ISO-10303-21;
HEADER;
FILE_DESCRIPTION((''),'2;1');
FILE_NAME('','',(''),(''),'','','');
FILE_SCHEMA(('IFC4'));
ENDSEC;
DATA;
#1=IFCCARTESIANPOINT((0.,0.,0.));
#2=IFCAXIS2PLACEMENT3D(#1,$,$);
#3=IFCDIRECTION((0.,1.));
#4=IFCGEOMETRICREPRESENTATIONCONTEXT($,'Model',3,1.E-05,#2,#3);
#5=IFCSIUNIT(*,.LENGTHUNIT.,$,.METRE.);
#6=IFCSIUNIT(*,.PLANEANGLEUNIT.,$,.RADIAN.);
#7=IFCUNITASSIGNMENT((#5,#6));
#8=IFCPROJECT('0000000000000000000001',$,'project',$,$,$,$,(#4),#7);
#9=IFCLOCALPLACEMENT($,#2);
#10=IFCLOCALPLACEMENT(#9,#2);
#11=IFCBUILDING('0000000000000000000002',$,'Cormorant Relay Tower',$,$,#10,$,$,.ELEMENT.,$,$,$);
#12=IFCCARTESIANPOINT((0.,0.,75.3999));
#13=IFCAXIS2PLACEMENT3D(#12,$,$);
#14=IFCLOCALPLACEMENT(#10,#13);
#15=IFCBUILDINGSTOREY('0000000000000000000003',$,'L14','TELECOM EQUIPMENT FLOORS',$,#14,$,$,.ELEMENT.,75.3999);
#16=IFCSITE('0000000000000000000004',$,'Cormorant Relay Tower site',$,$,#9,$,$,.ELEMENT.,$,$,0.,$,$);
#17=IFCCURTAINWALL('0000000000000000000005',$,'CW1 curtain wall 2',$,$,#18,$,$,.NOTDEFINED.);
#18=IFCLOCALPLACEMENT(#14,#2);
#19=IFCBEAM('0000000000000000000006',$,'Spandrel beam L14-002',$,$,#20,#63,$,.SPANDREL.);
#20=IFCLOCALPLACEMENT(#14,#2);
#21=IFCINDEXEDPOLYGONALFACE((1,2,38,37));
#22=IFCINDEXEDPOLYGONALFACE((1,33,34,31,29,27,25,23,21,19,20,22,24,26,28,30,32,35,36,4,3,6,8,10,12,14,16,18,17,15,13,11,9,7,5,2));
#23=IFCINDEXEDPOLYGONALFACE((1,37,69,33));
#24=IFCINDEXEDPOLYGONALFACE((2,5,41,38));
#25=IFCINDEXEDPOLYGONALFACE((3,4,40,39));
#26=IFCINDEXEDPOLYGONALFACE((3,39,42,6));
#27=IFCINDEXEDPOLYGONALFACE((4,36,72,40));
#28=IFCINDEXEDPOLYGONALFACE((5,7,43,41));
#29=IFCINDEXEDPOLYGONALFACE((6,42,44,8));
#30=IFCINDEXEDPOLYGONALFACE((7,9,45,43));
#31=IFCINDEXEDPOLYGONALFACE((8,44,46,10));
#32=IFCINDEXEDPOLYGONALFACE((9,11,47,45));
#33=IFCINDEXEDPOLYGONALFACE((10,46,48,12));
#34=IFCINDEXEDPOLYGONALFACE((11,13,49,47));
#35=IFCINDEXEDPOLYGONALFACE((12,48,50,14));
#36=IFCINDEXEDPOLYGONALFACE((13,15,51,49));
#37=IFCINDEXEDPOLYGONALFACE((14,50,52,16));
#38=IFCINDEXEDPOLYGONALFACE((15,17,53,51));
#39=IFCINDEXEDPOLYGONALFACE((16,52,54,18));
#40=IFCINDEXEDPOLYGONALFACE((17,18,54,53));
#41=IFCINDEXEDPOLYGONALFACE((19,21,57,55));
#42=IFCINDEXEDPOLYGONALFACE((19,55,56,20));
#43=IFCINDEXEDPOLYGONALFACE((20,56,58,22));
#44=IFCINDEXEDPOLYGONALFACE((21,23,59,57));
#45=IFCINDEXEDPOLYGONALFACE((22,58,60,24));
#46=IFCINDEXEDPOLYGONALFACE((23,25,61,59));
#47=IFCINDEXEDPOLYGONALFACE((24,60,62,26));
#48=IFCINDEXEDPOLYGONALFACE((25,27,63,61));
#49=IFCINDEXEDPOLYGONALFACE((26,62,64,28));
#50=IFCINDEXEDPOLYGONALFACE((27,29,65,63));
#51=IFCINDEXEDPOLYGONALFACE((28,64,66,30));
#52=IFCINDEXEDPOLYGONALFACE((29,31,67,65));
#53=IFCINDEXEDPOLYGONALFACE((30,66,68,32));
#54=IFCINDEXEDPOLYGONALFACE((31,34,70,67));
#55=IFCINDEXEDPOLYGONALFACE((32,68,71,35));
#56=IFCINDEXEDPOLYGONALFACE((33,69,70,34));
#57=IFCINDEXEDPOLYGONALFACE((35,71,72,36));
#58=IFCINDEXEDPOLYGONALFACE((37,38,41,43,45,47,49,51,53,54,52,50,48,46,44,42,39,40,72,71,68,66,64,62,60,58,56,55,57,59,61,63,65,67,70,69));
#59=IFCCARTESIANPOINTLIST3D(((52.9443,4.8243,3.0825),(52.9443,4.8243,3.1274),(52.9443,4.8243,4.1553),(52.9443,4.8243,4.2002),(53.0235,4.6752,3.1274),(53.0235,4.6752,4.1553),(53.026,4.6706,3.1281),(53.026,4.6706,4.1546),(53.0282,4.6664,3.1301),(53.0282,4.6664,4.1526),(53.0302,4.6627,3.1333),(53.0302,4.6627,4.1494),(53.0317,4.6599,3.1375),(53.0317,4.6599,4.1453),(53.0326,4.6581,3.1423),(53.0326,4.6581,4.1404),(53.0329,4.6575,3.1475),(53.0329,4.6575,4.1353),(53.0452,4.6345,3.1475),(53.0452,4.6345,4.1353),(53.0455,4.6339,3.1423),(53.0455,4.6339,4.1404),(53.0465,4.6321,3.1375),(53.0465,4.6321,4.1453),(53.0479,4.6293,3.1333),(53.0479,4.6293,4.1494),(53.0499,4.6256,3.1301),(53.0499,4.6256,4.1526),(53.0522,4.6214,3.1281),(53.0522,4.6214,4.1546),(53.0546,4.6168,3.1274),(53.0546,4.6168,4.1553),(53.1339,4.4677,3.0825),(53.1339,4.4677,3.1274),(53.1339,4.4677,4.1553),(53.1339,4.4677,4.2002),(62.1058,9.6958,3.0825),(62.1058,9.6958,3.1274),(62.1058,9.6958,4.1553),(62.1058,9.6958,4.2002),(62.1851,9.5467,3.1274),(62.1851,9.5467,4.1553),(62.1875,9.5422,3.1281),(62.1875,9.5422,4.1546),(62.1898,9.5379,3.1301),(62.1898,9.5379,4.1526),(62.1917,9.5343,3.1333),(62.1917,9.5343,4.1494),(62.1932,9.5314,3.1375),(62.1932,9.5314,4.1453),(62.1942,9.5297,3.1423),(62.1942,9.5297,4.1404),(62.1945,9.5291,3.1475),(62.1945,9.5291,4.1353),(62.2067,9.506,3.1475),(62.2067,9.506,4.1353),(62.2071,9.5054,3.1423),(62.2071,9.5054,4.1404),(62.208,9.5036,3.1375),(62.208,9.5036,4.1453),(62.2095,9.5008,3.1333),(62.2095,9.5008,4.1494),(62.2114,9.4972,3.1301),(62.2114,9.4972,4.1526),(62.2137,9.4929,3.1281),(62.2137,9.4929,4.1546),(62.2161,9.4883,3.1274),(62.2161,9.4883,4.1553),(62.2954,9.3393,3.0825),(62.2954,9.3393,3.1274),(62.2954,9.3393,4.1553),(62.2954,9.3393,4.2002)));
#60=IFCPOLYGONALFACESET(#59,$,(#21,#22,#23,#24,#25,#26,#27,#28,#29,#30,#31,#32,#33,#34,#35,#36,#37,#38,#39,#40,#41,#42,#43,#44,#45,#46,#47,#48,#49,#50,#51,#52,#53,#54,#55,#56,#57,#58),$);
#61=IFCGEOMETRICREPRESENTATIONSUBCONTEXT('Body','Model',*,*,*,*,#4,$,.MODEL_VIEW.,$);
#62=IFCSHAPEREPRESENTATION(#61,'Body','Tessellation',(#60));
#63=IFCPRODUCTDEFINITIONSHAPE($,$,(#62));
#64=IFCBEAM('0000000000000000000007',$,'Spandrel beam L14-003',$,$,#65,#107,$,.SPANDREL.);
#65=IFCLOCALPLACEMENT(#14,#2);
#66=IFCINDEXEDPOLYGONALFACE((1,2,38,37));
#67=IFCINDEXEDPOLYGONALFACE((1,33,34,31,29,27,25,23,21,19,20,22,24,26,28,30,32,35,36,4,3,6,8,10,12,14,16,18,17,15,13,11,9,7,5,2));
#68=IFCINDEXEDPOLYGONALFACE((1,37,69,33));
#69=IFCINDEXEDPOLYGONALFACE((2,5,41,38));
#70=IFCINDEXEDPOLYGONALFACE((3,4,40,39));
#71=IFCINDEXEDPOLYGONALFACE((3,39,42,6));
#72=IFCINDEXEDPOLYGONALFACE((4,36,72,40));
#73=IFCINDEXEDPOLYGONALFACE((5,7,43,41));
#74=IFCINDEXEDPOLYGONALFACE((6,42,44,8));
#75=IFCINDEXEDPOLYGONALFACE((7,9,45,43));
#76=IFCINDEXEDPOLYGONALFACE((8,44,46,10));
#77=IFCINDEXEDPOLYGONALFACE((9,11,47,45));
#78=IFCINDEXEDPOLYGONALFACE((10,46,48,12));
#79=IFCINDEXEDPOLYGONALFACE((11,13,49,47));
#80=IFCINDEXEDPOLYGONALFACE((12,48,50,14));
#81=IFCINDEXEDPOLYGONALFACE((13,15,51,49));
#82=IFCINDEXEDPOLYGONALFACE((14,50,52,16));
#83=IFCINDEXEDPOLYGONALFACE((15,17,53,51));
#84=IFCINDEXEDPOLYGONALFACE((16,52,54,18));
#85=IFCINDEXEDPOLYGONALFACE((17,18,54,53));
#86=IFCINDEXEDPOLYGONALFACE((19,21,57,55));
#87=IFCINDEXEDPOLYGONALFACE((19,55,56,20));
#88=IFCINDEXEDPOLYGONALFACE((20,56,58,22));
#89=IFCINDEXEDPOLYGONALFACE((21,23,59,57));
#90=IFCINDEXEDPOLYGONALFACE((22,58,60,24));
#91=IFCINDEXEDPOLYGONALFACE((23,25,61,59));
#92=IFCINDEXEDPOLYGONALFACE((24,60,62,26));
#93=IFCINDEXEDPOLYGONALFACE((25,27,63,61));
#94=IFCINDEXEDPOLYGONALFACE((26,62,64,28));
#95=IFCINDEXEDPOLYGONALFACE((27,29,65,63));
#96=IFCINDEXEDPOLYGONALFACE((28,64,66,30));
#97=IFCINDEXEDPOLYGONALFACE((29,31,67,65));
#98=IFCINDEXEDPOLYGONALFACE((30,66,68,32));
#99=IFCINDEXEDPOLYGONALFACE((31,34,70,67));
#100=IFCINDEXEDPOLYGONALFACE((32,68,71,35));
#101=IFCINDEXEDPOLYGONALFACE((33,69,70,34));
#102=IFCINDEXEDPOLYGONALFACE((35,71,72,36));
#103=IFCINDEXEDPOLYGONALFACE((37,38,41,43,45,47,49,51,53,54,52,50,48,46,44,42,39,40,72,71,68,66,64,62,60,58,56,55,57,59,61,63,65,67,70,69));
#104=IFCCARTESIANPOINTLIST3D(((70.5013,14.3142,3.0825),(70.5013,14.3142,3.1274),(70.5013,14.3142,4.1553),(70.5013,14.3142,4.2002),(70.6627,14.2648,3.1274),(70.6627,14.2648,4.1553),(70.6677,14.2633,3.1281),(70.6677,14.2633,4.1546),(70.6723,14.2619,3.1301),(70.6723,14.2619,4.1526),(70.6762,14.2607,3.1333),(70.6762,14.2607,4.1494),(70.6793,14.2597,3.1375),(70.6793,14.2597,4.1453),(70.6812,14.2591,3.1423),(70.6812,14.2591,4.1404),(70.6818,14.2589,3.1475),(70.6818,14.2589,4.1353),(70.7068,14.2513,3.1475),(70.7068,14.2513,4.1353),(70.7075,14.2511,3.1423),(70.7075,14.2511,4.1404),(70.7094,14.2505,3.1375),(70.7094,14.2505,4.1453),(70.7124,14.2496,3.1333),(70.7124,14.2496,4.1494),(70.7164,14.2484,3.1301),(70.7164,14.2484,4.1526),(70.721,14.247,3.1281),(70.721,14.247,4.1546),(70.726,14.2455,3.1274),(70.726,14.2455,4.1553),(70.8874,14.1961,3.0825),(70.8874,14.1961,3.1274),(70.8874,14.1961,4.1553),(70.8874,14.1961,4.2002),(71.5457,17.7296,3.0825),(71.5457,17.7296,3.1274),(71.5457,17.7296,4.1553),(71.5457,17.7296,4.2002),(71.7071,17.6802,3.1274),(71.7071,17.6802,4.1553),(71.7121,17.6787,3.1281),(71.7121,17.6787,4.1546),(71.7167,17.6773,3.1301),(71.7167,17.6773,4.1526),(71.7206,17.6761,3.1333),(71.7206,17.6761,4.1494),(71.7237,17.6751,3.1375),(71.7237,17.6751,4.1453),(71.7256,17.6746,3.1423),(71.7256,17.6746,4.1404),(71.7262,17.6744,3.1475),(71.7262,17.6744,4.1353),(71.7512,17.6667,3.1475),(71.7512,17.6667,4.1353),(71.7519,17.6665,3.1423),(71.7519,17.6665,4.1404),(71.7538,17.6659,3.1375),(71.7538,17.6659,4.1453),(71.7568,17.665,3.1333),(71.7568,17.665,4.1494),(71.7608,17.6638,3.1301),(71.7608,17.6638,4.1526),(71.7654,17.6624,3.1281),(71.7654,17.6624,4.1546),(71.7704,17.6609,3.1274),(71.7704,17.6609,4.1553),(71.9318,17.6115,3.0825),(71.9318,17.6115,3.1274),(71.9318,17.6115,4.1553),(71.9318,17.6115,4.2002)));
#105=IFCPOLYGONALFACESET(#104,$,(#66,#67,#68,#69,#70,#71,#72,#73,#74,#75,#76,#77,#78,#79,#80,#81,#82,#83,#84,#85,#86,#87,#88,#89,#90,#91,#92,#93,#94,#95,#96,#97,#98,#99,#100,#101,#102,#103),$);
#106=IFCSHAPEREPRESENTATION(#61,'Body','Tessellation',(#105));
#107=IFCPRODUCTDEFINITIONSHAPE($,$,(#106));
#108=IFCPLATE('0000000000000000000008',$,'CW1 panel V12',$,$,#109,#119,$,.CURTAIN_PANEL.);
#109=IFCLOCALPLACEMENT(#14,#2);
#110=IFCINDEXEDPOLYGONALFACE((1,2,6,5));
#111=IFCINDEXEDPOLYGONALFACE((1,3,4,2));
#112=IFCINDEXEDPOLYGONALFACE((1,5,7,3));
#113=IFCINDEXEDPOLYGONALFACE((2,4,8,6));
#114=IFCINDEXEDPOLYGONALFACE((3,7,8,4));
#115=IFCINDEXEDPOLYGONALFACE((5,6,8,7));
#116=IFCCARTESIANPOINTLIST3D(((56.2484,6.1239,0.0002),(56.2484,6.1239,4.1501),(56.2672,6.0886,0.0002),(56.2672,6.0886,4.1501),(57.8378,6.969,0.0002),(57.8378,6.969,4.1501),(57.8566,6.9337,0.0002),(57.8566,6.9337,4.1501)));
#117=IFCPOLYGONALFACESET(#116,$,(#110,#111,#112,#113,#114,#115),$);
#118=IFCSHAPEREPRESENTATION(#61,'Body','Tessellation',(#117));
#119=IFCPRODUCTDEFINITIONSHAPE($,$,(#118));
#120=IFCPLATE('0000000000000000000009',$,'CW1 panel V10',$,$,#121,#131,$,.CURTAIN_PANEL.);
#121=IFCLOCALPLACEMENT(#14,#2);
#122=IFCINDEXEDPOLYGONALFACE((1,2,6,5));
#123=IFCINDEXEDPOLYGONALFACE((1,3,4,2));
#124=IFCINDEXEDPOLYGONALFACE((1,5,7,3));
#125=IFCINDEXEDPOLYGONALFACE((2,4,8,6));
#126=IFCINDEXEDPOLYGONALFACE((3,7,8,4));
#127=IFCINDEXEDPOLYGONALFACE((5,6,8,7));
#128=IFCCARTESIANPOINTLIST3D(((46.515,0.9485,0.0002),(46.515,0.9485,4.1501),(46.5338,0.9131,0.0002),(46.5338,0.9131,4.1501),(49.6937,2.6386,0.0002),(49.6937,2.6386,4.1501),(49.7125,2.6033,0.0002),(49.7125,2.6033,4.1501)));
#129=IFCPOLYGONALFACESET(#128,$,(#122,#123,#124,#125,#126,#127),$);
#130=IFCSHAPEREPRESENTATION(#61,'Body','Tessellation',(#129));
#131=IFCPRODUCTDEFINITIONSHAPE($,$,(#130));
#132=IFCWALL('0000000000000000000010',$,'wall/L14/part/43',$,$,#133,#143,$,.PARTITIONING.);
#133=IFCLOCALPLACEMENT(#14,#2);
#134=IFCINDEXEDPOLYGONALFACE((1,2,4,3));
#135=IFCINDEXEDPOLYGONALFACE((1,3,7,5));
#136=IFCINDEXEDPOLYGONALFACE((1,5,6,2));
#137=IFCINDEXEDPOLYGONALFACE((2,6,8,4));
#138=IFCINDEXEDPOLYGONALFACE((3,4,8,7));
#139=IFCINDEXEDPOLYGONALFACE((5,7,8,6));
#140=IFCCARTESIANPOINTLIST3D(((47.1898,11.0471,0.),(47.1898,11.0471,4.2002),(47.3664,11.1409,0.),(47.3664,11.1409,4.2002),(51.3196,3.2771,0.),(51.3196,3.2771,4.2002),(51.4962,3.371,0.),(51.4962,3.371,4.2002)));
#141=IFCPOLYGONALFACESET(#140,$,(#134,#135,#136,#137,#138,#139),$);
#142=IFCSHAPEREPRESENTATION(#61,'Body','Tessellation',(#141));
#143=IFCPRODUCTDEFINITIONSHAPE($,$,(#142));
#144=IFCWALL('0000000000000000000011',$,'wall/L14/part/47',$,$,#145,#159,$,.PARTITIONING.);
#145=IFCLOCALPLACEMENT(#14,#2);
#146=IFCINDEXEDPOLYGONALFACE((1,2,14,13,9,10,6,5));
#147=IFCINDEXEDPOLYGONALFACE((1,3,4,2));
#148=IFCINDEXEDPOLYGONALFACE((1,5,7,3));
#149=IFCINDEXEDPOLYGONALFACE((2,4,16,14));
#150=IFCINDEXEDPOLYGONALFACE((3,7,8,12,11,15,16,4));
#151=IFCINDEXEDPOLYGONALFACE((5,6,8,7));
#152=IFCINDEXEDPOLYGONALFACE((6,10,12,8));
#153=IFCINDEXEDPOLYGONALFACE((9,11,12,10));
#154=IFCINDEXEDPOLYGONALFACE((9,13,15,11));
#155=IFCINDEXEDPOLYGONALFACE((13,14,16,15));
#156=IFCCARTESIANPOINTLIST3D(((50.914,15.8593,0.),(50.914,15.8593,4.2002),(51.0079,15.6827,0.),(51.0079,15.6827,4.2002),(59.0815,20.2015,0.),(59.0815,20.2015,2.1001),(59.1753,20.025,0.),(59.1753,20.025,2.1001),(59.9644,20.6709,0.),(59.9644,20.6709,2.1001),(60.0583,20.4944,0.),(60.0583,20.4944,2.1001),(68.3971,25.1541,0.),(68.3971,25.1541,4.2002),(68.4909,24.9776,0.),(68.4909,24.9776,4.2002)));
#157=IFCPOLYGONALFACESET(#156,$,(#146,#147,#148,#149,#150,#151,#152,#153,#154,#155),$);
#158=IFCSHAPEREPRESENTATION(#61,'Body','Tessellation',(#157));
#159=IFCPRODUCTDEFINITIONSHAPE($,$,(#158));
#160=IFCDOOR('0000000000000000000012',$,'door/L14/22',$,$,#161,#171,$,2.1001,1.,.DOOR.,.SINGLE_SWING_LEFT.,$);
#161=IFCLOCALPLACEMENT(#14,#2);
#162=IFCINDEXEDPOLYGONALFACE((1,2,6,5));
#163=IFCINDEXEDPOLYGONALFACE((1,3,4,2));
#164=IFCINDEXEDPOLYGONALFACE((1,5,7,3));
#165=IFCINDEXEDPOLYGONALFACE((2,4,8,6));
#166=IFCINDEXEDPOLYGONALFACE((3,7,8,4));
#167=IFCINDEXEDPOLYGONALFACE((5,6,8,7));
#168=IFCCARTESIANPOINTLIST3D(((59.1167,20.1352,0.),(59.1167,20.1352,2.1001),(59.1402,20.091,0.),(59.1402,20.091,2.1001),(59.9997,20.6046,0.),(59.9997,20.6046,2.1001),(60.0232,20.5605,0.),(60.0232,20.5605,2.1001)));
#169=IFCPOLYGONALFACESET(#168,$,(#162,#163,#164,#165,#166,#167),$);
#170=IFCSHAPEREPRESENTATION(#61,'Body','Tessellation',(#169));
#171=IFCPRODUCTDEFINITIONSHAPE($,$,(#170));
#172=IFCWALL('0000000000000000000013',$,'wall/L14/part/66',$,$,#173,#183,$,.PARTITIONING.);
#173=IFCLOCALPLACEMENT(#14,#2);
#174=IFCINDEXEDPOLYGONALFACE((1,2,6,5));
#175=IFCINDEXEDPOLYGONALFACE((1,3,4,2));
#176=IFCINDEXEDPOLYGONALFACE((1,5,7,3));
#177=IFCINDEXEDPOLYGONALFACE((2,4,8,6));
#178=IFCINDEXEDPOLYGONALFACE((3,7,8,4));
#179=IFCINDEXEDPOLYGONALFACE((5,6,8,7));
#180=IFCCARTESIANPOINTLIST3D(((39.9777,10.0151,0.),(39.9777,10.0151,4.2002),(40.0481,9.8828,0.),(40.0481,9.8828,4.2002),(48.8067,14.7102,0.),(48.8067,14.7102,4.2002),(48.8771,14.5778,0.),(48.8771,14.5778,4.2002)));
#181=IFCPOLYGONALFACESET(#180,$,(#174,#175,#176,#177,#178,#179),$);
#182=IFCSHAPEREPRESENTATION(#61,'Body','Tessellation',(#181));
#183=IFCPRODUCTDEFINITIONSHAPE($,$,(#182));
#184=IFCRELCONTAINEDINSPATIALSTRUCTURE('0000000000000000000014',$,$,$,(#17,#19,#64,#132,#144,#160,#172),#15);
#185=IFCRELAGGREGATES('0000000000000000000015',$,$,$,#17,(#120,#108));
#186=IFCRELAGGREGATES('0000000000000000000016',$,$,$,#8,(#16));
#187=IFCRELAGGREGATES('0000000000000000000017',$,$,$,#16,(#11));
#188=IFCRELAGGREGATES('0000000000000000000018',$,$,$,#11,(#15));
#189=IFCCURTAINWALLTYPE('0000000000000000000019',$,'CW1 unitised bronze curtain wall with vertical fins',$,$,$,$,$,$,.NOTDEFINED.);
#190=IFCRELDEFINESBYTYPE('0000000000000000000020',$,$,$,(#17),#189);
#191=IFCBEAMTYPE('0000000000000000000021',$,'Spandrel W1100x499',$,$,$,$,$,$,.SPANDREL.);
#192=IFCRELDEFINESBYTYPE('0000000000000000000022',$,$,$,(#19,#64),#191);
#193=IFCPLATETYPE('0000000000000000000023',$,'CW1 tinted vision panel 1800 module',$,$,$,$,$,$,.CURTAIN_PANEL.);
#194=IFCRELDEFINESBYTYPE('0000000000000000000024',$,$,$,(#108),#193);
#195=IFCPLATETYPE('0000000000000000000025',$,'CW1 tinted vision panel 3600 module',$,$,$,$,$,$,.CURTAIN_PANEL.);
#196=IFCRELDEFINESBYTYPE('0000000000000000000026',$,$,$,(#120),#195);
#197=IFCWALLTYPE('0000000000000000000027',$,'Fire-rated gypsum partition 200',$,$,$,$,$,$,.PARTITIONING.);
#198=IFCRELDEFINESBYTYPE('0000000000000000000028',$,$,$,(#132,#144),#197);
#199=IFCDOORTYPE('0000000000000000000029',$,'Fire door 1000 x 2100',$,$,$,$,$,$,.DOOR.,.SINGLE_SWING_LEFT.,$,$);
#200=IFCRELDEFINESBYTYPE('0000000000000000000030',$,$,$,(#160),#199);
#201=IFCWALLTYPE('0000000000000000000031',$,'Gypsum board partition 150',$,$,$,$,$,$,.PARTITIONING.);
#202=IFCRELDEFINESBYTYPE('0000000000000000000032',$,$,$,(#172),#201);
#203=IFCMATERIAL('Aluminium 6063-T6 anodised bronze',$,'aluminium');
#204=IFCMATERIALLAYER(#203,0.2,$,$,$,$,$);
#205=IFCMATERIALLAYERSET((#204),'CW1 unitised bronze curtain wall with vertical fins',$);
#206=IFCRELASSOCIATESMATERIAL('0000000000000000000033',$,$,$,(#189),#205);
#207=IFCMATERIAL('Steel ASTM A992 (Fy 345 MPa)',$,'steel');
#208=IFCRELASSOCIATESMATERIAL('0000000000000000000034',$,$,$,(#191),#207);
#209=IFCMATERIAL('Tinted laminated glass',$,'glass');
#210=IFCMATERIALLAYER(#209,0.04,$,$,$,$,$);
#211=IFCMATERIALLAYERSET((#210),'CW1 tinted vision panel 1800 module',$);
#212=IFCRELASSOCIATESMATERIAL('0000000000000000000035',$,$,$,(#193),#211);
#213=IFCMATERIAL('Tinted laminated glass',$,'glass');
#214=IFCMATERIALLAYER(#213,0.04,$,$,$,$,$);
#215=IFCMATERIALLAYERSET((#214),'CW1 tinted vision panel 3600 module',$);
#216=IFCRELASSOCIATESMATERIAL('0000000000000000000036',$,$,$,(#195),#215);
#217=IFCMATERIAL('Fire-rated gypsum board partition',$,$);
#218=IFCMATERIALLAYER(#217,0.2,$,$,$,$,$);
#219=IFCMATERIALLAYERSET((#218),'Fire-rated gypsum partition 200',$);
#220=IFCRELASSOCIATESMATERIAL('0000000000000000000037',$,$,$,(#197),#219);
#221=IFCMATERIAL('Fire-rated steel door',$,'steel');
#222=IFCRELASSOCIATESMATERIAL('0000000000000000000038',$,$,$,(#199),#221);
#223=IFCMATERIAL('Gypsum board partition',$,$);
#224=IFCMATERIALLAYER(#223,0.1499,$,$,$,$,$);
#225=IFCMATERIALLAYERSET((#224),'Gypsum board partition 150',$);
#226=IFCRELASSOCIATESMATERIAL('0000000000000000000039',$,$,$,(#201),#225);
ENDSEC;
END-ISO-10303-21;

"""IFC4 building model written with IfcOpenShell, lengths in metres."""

from ifc_helpers import new_model, si_unit, direction, frame, frame_2d, origin, origin_2d, place, context, subcontext, project, spatial, rectangle, i_section, extrude, material, layer, layer_set, material_profile, profile_set, type_object, element, fill, aggregate, save


model = new_model("IFC4")

# Units and contexts
model_context = context("Model", 3, precision=1e-05, world=origin(), true_north=direction((0.0, 1.0)))
body_context = subcontext(model_context, "Body", "Model", "MODEL_VIEW")
ifc_project = project(units=[si_unit("LENGTHUNIT", "METRE"), si_unit("PLANEANGLEUNIT", "RADIAN")], contexts=[model_context])

# Site, building, storey
site_placement = place(None, origin())
site = spatial("IfcSite", under=ifc_project, at=site_placement, Name="Cormorant Relay Tower site", CompositionType="ELEMENT", RefElevation=0.0)
building_placement = place(site_placement, origin())
building = spatial("IfcBuilding", under=site, at=building_placement, Name="Cormorant Relay Tower", CompositionType="ELEMENT")
storey_placement = place(building_placement, frame((0.0, 0.0, 75.3999)))
storey = spatial("IfcBuildingStorey", under=building, at=storey_placement, Name="L14", Description="TELECOM EQUIPMENT FLOORS", CompositionType="ELEMENT", Elevation=75.3999)

# Curtain wall
ifc_material_1 = material(Name="Aluminium 6063-T6 anodised bronze", Category="aluminium")
ifc_layer_1 = layer(ifc_material_1, 0.2)
ifc_layer_set_1 = layer_set([ifc_layer_1], Name="CW1 unitised bronze curtain wall with vertical fins")
curtain_wall_type = type_object("IfcCurtainWallType", Name="CW1 unitised bronze curtain wall with vertical fins", PredefinedType="NOTDEFINED", material=ifc_layer_set_1)
curtain_wall_1_placement = place(storey_placement, origin())
curtain_wall_1 = element("IfcCurtainWall", 1, at=curtain_wall_1_placement, inside=storey, type_object=curtain_wall_type, Name="CW1 curtain wall 2", PredefinedType="NOTDEFINED")

# Beams
ifc_material_2 = material(Name="Steel ASTM A992 (Fy 345 MPa)", Category="steel")
ifc_material_profile_1 = material_profile(ifc_material_2, i_section(OverallWidth=0.4038, OverallDepth=1.1177, WebThickness=0.0261, FlangeThickness=0.0449, FilletRadius=0.02, at=origin_2d()), Name="W1100x499")
ifc_profile_set_1 = profile_set([ifc_material_profile_1], Name="Steel ASTM A992 (Fy 345 MPa)")
beam_type = type_object("IfcBeamType", Name="Spandrel W1100x499", PredefinedType="SPANDREL", material=ifc_profile_set_1)
beam_1_placement = place(storey_placement, frame((53.0391, 4.646, 3.6414), z_axis=(0.882937, 0.469491, 0.0), x_axis=(-0.469491, 0.882937, 0.0)))
element("IfcBeam", 2, at=beam_1_placement, inside=storey, type_object=beam_type, Name="Spandrel beam L14-002", PredefinedType="SPANDREL", context=body_context, shape_type="SweptSolid", body=[
    extrude(i_section(OverallWidth=0.4038, OverallDepth=1.1177, WebThickness=0.0261, FlangeThickness=0.0449, FilletRadius=0.02, at=origin_2d()), origin(), (0.0, 0.0, 1.0), 10.3762),
])
beam_2_placement = place(storey_placement, frame((70.6943, 14.2551, 3.6414), z_axis=(0.292423, 0.956289, 0.0), x_axis=(-0.956289, 0.292423, 0.0)))
element("IfcBeam", 3, at=beam_2_placement, inside=storey, type_object=beam_type, Name="Spandrel beam L14-003", PredefinedType="SPANDREL", context=body_context, shape_type="SweptSolid", body=[
    extrude(i_section(OverallWidth=0.4038, OverallDepth=1.1177, WebThickness=0.0261, FlangeThickness=0.0449, FilletRadius=0.02, at=origin_2d()), origin(), (0.0, 0.0, 1.0), 3.5715),
])

# Plates
ifc_material_3 = material(Name="Tinted laminated glass", Category="glass")
ifc_layer_2 = layer(ifc_material_3, 0.04)
ifc_layer_set_2 = layer_set([ifc_layer_2], Name="CW1 tinted vision panel 1800 module")
plate_type_1 = type_object("IfcPlateType", Name="CW1 tinted vision panel 1800 module", PredefinedType="CURTAIN_PANEL", material=ifc_layer_set_2)
plate_1_placement = place(storey_placement, frame((57.0525, 6.5288, 0.0002), z_axis=(0.0, 0.0, 1.0), x_axis=(0.882948, 0.469472, 0.0)))
plate_1 = element("IfcPlate", 4, at=plate_1_placement, type_object=plate_type_1, Name="CW1 panel V12", PredefinedType="CURTAIN_PANEL", context=body_context, shape_type="SweptSolid", body=[
    extrude(rectangle(XDim=1.8, YDim=0.04, at=origin_2d()), origin(), (0.0, 0.0, 1.0), 4.1499),
])
ifc_material_4 = material(Name="Tinted laminated glass", Category="glass")
ifc_layer_3 = layer(ifc_material_4, 0.04)
ifc_layer_set_3 = layer_set([ifc_layer_3], Name="CW1 tinted vision panel 3600 module")
plate_type_2 = type_object("IfcPlateType", Name="CW1 tinted vision panel 3600 module", PredefinedType="CURTAIN_PANEL", material=ifc_layer_set_3)
plate_2_placement = place(storey_placement, frame((48.1138, 1.7759, 0.0002), z_axis=(0.0, 0.0, 1.0), x_axis=(0.882948, 0.469472, 0.0)))
plate_2 = element("IfcPlate", 5, at=plate_2_placement, type_object=plate_type_2, Name="CW1 panel V10", PredefinedType="CURTAIN_PANEL", context=body_context, shape_type="SweptSolid", body=[
    extrude(rectangle(XDim=3.6001, YDim=0.04, at=origin_2d()), origin(), (0.0, 0.0, 1.0), 4.1499),
])

# Wall
ifc_material_5 = material(Name="Fire-rated gypsum board partition")
ifc_layer_4 = layer(ifc_material_5, 0.2)
ifc_layer_set_4 = layer_set([ifc_layer_4], Name="Fire-rated gypsum partition 200")
wall_type_1 = type_object("IfcWallType", Name="Fire-rated gypsum partition 200", PredefinedType="PARTITIONING", material=ifc_layer_set_4)
wall_1_placement = place(storey_placement, frame((47.2781, 11.094, 0.0), z_axis=(0.0, 0.0, 1.0), x_axis=(0.469338, -0.883019, 0.0)))
element("IfcWall", 6, at=wall_1_placement, inside=storey, type_object=wall_type_1, Name="wall/L14/part/43", PredefinedType="PARTITIONING", context=body_context, shape_type="SweptSolid", body=[
    extrude(rectangle(XDim=8.7993, YDim=0.2, at=frame_2d((4.3997, 0.0))), origin(), (0.0, 0.0, 1.0), 4.2002),
])

# Wall, opening, door
wall_2_placement = place(storey_placement, frame((50.9609, 15.771, 0.0), z_axis=(0.0, 0.0, 1.0), x_axis=(0.882969, 0.469431, 0.0)))
wall_2 = element("IfcWall", 7, at=wall_2_placement, inside=storey, type_object=wall_type_1, Name="wall/L14/part/47", PredefinedType="PARTITIONING", context=body_context, shape_type="SweptSolid", body=[
    extrude(rectangle(XDim=19.8003, YDim=0.2, at=frame_2d((9.9001, 0.0))), origin(), (0.0, 0.0, 1.0), 4.2002),
])
opening_1_placement = place(wall_2_placement, frame((9.25, 0.0, 0.0)))
opening_1 = element("IfcOpeningElement", 8, at=opening_1_placement, cuts=wall_2, PredefinedType="OPENING", context=body_context, shape_type="SweptSolid", body=[
    extrude(rectangle(XDim=1.0, YDim=2.1001, at=frame_2d((0.5, 1.05))), frame((0.0, 0.1099, 0.0), z_axis=(0.0, -1.0, 0.0), x_axis=(1.0, 0.0, 0.0)), (0.0, 0.0, 1.0), 0.22),
])
ifc_material_6 = material(Name="Fire-rated steel door", Category="steel")
door_type_1 = type_object("IfcDoorType", Name="Fire door 1000 x 2100", OperationType="SINGLE_SWING_LEFT", PredefinedType="DOOR", material=ifc_material_6)
door_1_placement = place(opening_1_placement, origin())
door_1 = element("IfcDoor", 9, at=door_1_placement, inside=storey, type_object=door_type_1, Name="door/L14/22", OperationType="SINGLE_SWING_LEFT", OverallHeight=2.1001, OverallWidth=1.0, PredefinedType="DOOR", context=body_context, shape_type="SweptSolid", body=[
    extrude(rectangle(XDim=1.0, YDim=2.1001, at=frame_2d((0.5, 1.05))), frame((0.0, 0.0249, 0.0), z_axis=(0.0, -1.0, 0.0), x_axis=(1.0, 0.0, 0.0)), (0.0, 0.0, 1.0), 0.05),
])
fill(opening_1, door_1)

# Wall
ifc_material_7 = material(Name="Gypsum board partition")
ifc_layer_5 = layer(ifc_material_7, 0.1499)
ifc_layer_set_5 = layer_set([ifc_layer_5], Name="Gypsum board partition 150")
wall_type_2 = type_object("IfcWallType", Name="Gypsum board partition 150", PredefinedType="PARTITIONING", material=ifc_layer_set_5)
wall_3_placement = place(storey_placement, frame((48.842, 14.644, 0.0), z_axis=(0.0, 0.0, 1.0), x_axis=(-0.882925, -0.469515, 0.0)))
element("IfcWall", 10, at=wall_3_placement, inside=storey, type_object=wall_type_2, Name="wall/L14/part/66", PredefinedType="PARTITIONING", context=body_context, shape_type="SweptSolid", body=[
    extrude(rectangle(XDim=9.9998, YDim=0.1499, at=frame_2d((5.0, 0.0))), origin(), (0.0, 0.0, 1.0), 4.2002),
])

aggregate(curtain_wall_1, [plate_2, plate_1])

save(model, "model.ifc")
